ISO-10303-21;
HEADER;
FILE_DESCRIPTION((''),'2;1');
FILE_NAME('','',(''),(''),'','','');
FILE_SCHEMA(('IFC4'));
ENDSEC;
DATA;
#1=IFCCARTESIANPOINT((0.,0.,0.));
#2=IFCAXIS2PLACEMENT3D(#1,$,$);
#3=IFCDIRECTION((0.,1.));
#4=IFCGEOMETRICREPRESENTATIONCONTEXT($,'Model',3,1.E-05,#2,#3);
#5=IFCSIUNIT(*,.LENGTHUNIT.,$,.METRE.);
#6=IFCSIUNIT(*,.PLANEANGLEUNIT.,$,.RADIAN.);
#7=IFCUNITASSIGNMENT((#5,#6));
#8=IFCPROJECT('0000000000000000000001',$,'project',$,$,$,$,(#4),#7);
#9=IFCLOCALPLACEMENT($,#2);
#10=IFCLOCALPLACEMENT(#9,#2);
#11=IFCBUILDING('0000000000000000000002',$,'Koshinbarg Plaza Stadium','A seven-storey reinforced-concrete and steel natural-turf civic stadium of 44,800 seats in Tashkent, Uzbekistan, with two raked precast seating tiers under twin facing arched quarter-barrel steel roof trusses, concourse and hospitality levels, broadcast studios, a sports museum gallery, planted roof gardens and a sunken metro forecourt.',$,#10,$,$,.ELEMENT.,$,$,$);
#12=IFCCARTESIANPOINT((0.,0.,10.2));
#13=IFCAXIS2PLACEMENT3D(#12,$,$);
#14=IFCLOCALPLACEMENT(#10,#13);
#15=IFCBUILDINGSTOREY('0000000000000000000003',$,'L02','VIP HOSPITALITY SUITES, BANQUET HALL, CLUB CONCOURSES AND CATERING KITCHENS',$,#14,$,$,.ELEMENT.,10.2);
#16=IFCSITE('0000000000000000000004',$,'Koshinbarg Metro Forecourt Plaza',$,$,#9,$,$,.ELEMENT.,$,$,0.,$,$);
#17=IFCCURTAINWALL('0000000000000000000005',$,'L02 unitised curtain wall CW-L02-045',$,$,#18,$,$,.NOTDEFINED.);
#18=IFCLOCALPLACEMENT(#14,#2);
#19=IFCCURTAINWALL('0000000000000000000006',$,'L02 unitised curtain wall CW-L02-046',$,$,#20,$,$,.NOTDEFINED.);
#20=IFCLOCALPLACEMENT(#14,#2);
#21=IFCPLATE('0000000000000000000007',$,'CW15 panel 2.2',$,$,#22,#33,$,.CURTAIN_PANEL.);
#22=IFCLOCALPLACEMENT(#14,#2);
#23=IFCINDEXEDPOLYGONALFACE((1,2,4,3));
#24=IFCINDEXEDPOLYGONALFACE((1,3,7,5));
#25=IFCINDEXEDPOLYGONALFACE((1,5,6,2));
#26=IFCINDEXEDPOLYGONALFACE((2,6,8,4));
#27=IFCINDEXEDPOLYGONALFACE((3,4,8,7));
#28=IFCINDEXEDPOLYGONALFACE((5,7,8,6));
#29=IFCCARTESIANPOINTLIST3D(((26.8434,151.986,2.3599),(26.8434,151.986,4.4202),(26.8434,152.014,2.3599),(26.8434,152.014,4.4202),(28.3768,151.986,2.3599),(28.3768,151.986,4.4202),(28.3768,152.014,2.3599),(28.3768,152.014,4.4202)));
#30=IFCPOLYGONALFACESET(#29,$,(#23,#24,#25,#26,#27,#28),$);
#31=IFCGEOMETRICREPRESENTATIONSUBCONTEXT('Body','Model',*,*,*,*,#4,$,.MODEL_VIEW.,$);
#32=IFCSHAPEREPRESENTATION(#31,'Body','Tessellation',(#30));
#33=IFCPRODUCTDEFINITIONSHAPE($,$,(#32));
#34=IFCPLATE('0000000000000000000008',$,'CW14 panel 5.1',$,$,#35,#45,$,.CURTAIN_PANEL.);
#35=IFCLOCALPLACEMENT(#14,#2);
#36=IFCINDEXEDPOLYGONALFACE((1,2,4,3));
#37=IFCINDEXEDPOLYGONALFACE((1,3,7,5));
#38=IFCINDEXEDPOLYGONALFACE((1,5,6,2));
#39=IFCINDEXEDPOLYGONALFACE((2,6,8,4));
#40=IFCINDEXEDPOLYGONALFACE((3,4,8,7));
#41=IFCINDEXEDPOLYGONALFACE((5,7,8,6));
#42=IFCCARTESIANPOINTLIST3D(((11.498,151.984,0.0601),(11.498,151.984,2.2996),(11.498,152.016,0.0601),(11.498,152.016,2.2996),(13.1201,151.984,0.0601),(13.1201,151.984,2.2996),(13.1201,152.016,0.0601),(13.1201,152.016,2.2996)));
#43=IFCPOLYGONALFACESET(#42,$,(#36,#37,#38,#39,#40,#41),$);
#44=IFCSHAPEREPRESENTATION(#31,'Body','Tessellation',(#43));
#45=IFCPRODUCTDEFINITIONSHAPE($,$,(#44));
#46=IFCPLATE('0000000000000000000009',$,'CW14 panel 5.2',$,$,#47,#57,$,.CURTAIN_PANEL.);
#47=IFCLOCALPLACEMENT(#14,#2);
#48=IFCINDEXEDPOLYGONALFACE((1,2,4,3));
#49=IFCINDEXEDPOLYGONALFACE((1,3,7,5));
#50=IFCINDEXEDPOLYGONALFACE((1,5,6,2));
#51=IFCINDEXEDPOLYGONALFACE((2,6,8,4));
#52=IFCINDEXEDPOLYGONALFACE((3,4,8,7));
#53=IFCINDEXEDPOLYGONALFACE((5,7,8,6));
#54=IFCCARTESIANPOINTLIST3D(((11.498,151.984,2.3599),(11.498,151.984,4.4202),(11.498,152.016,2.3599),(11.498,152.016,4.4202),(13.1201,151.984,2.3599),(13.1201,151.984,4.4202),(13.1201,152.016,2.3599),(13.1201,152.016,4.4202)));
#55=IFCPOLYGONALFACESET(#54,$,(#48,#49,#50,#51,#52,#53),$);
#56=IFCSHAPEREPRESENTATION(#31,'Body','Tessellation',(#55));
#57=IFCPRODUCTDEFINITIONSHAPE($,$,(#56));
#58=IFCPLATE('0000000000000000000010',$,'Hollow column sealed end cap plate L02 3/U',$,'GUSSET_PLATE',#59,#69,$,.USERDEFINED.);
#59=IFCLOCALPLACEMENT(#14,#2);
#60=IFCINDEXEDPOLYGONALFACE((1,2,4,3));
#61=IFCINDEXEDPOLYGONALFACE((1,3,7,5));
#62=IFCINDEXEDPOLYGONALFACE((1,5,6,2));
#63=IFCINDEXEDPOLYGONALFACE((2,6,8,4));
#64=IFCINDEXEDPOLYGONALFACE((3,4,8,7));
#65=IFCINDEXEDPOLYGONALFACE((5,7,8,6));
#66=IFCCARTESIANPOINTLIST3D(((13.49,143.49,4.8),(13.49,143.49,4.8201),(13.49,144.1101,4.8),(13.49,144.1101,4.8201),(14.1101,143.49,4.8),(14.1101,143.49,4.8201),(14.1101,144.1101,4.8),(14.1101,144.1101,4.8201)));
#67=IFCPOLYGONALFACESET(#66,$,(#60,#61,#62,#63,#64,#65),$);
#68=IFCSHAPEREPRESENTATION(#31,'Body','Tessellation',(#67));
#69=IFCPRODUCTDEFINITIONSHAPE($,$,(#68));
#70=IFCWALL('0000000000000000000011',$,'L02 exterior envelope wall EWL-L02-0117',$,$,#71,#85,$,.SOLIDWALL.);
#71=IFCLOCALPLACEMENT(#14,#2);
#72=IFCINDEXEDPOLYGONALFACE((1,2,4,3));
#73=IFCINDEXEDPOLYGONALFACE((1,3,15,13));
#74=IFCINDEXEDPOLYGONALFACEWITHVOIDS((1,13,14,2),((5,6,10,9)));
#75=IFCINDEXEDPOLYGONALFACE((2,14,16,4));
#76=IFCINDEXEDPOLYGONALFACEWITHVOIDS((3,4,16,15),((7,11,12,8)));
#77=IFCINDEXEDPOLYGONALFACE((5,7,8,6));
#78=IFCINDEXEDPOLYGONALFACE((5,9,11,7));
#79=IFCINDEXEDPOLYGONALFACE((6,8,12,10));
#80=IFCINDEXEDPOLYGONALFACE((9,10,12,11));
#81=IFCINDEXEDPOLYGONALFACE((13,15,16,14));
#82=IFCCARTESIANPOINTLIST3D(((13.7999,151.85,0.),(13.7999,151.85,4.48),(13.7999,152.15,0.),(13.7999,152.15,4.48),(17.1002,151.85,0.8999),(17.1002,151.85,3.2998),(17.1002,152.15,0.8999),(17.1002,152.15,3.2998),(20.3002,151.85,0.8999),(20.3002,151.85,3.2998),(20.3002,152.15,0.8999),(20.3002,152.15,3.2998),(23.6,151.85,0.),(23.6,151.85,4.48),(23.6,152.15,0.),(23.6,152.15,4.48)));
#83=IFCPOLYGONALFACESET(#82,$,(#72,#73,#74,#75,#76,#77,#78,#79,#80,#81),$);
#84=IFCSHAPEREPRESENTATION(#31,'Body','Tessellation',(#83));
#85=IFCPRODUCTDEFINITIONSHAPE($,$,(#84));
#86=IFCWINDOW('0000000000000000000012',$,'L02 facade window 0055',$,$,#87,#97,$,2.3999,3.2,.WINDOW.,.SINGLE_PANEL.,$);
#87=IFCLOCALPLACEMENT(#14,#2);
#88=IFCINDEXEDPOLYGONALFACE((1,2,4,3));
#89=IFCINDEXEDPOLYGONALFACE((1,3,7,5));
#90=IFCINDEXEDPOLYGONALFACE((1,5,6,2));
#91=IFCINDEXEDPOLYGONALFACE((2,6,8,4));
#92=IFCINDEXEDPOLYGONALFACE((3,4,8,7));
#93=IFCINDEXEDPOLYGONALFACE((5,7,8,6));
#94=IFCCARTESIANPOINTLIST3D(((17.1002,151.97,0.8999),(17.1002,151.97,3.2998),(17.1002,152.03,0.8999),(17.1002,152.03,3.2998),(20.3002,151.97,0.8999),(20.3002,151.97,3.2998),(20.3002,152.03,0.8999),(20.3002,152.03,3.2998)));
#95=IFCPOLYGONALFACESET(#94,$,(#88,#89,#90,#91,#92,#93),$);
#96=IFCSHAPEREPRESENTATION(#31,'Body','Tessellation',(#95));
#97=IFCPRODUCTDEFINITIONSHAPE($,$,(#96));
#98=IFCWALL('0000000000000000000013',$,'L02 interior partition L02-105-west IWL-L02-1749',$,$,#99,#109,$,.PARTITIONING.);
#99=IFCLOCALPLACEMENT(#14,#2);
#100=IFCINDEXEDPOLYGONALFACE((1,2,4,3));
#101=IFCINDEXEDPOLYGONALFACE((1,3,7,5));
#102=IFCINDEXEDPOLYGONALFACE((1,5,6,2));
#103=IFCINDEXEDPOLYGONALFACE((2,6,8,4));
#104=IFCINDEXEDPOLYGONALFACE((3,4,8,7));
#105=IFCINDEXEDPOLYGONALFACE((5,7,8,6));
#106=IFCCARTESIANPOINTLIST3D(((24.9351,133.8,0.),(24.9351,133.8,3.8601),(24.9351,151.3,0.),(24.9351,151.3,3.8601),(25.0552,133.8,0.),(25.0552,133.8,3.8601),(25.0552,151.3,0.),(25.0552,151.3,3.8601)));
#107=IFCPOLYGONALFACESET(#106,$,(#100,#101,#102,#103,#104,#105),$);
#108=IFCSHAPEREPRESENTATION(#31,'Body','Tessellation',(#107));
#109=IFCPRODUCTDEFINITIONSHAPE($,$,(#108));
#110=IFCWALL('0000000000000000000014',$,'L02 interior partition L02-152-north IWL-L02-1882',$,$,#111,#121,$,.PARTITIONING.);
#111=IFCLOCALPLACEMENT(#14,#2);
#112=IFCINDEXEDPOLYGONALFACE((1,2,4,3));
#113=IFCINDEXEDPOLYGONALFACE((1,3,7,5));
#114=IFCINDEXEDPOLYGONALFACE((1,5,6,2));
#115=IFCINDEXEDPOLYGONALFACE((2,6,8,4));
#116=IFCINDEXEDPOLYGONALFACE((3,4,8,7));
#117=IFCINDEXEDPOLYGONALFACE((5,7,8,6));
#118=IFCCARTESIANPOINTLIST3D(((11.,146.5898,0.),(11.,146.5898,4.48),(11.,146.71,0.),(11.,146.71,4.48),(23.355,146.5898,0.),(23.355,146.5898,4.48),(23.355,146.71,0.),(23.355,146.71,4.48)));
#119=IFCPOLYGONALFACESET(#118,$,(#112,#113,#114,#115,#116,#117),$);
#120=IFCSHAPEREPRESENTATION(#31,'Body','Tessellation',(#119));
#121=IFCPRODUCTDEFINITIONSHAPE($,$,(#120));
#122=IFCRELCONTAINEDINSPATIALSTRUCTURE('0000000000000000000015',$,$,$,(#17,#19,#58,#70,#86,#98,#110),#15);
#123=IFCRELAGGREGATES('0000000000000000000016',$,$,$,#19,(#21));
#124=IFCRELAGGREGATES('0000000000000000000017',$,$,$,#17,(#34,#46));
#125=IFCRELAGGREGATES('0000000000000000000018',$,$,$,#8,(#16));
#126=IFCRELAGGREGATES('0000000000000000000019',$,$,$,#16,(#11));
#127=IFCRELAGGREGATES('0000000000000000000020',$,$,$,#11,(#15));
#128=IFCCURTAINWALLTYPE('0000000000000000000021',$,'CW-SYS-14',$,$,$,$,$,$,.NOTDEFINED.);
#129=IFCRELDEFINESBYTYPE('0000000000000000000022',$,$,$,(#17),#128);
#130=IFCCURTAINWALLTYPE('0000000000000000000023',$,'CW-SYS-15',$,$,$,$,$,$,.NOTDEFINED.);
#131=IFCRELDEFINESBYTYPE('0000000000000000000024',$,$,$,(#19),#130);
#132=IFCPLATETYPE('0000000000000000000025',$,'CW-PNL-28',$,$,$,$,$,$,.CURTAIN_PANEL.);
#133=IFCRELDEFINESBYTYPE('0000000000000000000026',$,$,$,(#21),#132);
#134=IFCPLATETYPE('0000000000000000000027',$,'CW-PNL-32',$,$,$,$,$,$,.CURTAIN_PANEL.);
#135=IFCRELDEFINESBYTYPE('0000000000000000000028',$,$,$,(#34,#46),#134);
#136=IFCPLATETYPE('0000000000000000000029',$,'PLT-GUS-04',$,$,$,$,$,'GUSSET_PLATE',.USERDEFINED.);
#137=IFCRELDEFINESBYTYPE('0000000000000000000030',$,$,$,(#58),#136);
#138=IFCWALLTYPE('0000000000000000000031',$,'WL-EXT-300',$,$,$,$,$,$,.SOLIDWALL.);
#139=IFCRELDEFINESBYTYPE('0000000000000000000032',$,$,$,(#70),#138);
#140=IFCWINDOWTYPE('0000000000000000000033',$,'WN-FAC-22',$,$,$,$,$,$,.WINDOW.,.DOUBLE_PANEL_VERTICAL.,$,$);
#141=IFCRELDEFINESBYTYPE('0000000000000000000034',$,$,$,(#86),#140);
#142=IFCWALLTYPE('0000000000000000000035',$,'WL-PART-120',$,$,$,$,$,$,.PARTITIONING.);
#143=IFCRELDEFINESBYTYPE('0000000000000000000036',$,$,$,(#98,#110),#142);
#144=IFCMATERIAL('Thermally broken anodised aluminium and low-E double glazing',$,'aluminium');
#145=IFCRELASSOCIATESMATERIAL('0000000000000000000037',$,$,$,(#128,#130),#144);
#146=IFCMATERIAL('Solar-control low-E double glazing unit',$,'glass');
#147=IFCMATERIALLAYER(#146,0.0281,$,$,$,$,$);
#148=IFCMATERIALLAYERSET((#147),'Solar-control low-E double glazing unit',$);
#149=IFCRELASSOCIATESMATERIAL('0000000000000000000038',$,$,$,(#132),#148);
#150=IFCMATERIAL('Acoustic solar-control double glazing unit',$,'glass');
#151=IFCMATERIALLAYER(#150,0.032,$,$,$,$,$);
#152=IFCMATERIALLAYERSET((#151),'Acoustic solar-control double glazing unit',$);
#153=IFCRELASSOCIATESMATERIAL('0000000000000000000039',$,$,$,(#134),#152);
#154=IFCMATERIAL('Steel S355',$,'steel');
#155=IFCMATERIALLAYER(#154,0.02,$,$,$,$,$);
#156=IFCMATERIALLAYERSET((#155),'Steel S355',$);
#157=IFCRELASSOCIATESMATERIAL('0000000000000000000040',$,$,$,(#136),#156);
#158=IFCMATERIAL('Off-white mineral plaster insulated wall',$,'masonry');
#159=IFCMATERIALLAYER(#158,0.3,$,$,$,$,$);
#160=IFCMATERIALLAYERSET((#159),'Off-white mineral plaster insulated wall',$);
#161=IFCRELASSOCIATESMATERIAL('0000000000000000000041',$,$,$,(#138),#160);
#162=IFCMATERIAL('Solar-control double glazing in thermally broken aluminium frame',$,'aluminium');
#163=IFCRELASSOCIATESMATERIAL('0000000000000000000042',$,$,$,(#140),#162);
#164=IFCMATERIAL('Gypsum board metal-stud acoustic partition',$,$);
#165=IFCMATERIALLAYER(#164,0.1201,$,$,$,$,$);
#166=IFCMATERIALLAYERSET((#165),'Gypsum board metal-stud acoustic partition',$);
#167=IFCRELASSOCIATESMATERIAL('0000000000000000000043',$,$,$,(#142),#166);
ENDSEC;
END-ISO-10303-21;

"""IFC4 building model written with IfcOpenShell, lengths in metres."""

from ifc_helpers import new_model, si_unit, direction, frame, frame_2d, origin, origin_2d, place, context, subcontext, project, spatial, rectangle, extrude, material, layer, layer_set, type_object, element, fill, aggregate, save


model = new_model("IFC4")

# Units and contexts
model_context = context("Model", 3, precision=1e-05, world=origin(), true_north=direction((0.0, 1.0)))
body_context = subcontext(model_context, "Body", "Model", "MODEL_VIEW")
ifc_project = project(units=[si_unit("LENGTHUNIT", "METRE"), si_unit("PLANEANGLEUNIT", "RADIAN")], contexts=[model_context])

# Site, building, storey
site_placement = place(None, origin())
site = spatial("IfcSite", under=ifc_project, at=site_placement, Name="Koshinbarg Metro Forecourt Plaza", CompositionType="ELEMENT", RefElevation=0.0)
building_placement = place(site_placement, origin())
building = spatial("IfcBuilding", under=site, at=building_placement, Name="Koshinbarg Plaza Stadium", Description="A seven-storey reinforced-concrete and steel natural-turf civic stadium of 44,800 seats in Tashkent, Uzbekistan, with two raked precast seating tiers under twin facing arched quarter-barrel steel roof trusses, concourse and hospitality levels, broadcast studios, a sports museum gallery, planted roof gardens and a sunken metro forecourt.", CompositionType="ELEMENT")
storey_placement = place(building_placement, frame((0.0, 0.0, 10.2)))
storey = spatial("IfcBuildingStorey", under=building, at=storey_placement, Name="L02", Description="VIP HOSPITALITY SUITES, BANQUET HALL, CLUB CONCOURSES AND CATERING KITCHENS", CompositionType="ELEMENT", Elevation=10.2)

# Shared definitions
ifc_material_1 = material(Name="Steel S355", Category="steel")

# Curtain wall
ifc_material_2 = material(Name="Thermally broken anodised aluminium and low-E double glazing", Category="aluminium")
curtain_wall_type_1 = type_object("IfcCurtainWallType", Name="CW-SYS-14", PredefinedType="NOTDEFINED", material=ifc_material_2)
curtain_wall_1_placement = place(storey_placement, origin())
curtain_wall_1 = element("IfcCurtainWall", 1, at=curtain_wall_1_placement, inside=storey, type_object=curtain_wall_type_1, Name="L02 unitised curtain wall CW-L02-045", PredefinedType="NOTDEFINED")

# Curtain wall, plate
curtain_wall_type_2 = type_object("IfcCurtainWallType", Name="CW-SYS-15", PredefinedType="NOTDEFINED", material=ifc_material_2)
curtain_wall_2_placement = place(storey_placement, origin())
curtain_wall_2 = element("IfcCurtainWall", 2, at=curtain_wall_2_placement, inside=storey, type_object=curtain_wall_type_2, Name="L02 unitised curtain wall CW-L02-046", PredefinedType="NOTDEFINED")
ifc_material_3 = material(Name="Solar-control low-E double glazing unit", Category="glass")
ifc_layer_1 = layer(ifc_material_3, 0.0281)
ifc_layer_set_1 = layer_set([ifc_layer_1], Name="Solar-control low-E double glazing unit")
plate_type_1 = type_object("IfcPlateType", Name="CW-PNL-28", PredefinedType="CURTAIN_PANEL", material=ifc_layer_set_1)
plate_1_placement = place(storey_placement, frame((27.6101, 152.0, 2.3599), z_axis=(0.0, 0.0, 1.0), x_axis=(1.0, 0.0, 0.0)))
plate_1 = element("IfcPlate", 3, at=plate_1_placement, type_object=plate_type_1, Name="CW15 panel 2.2", PredefinedType="CURTAIN_PANEL", context=body_context, shape_type="SweptSolid", body=[
    extrude(rectangle(XDim=1.5334, YDim=0.0281, at=origin_2d()), origin(), (0.0, 0.0, 1.0), 2.0603),
])
aggregate(curtain_wall_2, [plate_1])

# Plates
ifc_material_4 = material(Name="Acoustic solar-control double glazing unit", Category="glass")
ifc_layer_2 = layer(ifc_material_4, 0.032)
ifc_layer_set_2 = layer_set([ifc_layer_2], Name="Acoustic solar-control double glazing unit")
plate_type_2 = type_object("IfcPlateType", Name="CW-PNL-32", PredefinedType="CURTAIN_PANEL", material=ifc_layer_set_2)
plate_2_placement = place(storey_placement, frame((12.3091, 152.0, 0.0601), z_axis=(0.0, 0.0, 1.0), x_axis=(1.0, 0.0, 0.0)))
plate_2 = element("IfcPlate", 4, at=plate_2_placement, type_object=plate_type_2, Name="CW14 panel 5.1", PredefinedType="CURTAIN_PANEL", context=body_context, shape_type="SweptSolid", body=[
    extrude(rectangle(XDim=1.6221, YDim=0.032, at=origin_2d()), origin(), (0.0, 0.0, 1.0), 2.2395),
])
plate_3_placement = place(storey_placement, frame((12.3091, 152.0, 2.3599), z_axis=(0.0, 0.0, 1.0), x_axis=(1.0, 0.0, 0.0)))
plate_3 = element("IfcPlate", 5, at=plate_3_placement, type_object=plate_type_2, Name="CW14 panel 5.2", PredefinedType="CURTAIN_PANEL", context=body_context, shape_type="SweptSolid", body=[
    extrude(rectangle(XDim=1.6221, YDim=0.032, at=origin_2d()), origin(), (0.0, 0.0, 1.0), 2.0603),
])
aggregate(curtain_wall_1, [plate_2, plate_3])
ifc_layer_3 = layer(ifc_material_1, 0.02)
ifc_layer_set_3 = layer_set([ifc_layer_3], Name="Steel S355")
plate_type_3 = type_object("IfcPlateType", Name="PLT-GUS-04", ElementType="GUSSET_PLATE", PredefinedType="USERDEFINED", material=ifc_layer_set_3)
plate_4_placement = place(storey_placement, frame((13.8, 143.8, 4.8), z_axis=(0.0, 0.0, 1.0), x_axis=(1.0, 0.0, 0.0)))
element("IfcPlate", 6, at=plate_4_placement, inside=storey, type_object=plate_type_3, Name="Hollow column sealed end cap plate L02 3/U", ObjectType="GUSSET_PLATE", PredefinedType="USERDEFINED", context=body_context, shape_type="SweptSolid", body=[
    extrude(rectangle(XDim=0.6201, YDim=0.6201, at=origin_2d()), origin(), (0.0, 0.0, 1.0), 0.02),
])

# Wall, opening, window
ifc_material_5 = material(Name="Off-white mineral plaster insulated wall", Category="masonry")
ifc_layer_4 = layer(ifc_material_5, 0.3)
ifc_layer_set_4 = layer_set([ifc_layer_4], Name="Off-white mineral plaster insulated wall")
wall_type_1 = type_object("IfcWallType", Name="WL-EXT-300", PredefinedType="SOLIDWALL", material=ifc_layer_set_4)
wall_1_placement = place(storey_placement, frame((13.8, 152.0, 0.0), z_axis=(0.0, 0.0, 1.0), x_axis=(1.0, 0.0, 0.0)))
wall_1 = element("IfcWall", 7, at=wall_1_placement, inside=storey, type_object=wall_type_1, Name="L02 exterior envelope wall EWL-L02-0117", PredefinedType="SOLIDWALL", context=body_context, shape_type="SweptSolid", body=[
    extrude(rectangle(XDim=9.8, YDim=0.3, at=frame_2d((4.8999, 0.0))), origin(), (0.0, 0.0, 1.0), 4.48),
])
opening_placement = place(wall_1_placement, frame((3.3, 0.0, 0.8999)))
opening = element("IfcOpeningElement", 8, at=opening_placement, cuts=wall_1, PredefinedType="OPENING", context=body_context, shape_type="SweptSolid", body=[
    extrude(rectangle(XDim=3.2, YDim=2.3999, at=frame_2d((1.6001, 1.2))), frame((0.0, 0.1599, 0.0), z_axis=(0.0, -1.0, 0.0), x_axis=(1.0, 0.0, 0.0)), (0.0, 0.0, 1.0), 0.3201),
])
ifc_material_6 = material(Name="Solar-control double glazing in thermally broken aluminium frame", Category="aluminium")
window_type = type_object("IfcWindowType", Name="WN-FAC-22", PartitioningType="DOUBLE_PANEL_VERTICAL", PredefinedType="WINDOW", material=ifc_material_6)
window_placement = place(opening_placement, origin())
window = element("IfcWindow", 9, at=window_placement, inside=storey, type_object=window_type, Name="L02 facade window 0055", OverallHeight=2.3999, OverallWidth=3.2, PartitioningType="SINGLE_PANEL", PredefinedType="WINDOW", context=body_context, shape_type="SweptSolid", body=[
    extrude(rectangle(XDim=3.2, YDim=2.3999, at=frame_2d((1.6001, 1.2))), frame((0.0, 0.03, 0.0), z_axis=(0.0, -1.0, 0.0), x_axis=(1.0, 0.0, 0.0)), (0.0, 0.0, 1.0), 0.0601),
])
fill(opening, window)

# Walls
ifc_material_7 = material(Name="Gypsum board metal-stud acoustic partition")
ifc_layer_5 = layer(ifc_material_7, 0.1201)
ifc_layer_set_5 = layer_set([ifc_layer_5], Name="Gypsum board metal-stud acoustic partition")
wall_type_2 = type_object("IfcWallType", Name="WL-PART-120", PredefinedType="PARTITIONING", material=ifc_layer_set_5)
wall_2_placement = place(storey_placement, frame((24.9951, 151.3, 0.0), z_axis=(0.0, 0.0, 1.0), x_axis=(0.0, -1.0, 0.0)))
element("IfcWall", 10, at=wall_2_placement, inside=storey, type_object=wall_type_2, Name="L02 interior partition L02-105-west IWL-L02-1749", PredefinedType="PARTITIONING", context=body_context, shape_type="SweptSolid", body=[
    extrude(rectangle(XDim=17.5, YDim=0.1201, at=frame_2d((8.75, 0.0))), origin(), (0.0, 0.0, 1.0), 3.8601),
])
wall_3_placement = place(storey_placement, frame((23.355, 146.6499, 0.0), z_axis=(0.0, 0.0, 1.0), x_axis=(-1.0, 0.0, 0.0)))
element("IfcWall", 11, at=wall_3_placement, inside=storey, type_object=wall_type_2, Name="L02 interior partition L02-152-north IWL-L02-1882", PredefinedType="PARTITIONING", context=body_context, shape_type="SweptSolid", body=[
    extrude(rectangle(XDim=12.355, YDim=0.1201, at=frame_2d((6.1775, 0.0))), origin(), (0.0, 0.0, 1.0), 4.48),
])

save(model, "model.ifc")
